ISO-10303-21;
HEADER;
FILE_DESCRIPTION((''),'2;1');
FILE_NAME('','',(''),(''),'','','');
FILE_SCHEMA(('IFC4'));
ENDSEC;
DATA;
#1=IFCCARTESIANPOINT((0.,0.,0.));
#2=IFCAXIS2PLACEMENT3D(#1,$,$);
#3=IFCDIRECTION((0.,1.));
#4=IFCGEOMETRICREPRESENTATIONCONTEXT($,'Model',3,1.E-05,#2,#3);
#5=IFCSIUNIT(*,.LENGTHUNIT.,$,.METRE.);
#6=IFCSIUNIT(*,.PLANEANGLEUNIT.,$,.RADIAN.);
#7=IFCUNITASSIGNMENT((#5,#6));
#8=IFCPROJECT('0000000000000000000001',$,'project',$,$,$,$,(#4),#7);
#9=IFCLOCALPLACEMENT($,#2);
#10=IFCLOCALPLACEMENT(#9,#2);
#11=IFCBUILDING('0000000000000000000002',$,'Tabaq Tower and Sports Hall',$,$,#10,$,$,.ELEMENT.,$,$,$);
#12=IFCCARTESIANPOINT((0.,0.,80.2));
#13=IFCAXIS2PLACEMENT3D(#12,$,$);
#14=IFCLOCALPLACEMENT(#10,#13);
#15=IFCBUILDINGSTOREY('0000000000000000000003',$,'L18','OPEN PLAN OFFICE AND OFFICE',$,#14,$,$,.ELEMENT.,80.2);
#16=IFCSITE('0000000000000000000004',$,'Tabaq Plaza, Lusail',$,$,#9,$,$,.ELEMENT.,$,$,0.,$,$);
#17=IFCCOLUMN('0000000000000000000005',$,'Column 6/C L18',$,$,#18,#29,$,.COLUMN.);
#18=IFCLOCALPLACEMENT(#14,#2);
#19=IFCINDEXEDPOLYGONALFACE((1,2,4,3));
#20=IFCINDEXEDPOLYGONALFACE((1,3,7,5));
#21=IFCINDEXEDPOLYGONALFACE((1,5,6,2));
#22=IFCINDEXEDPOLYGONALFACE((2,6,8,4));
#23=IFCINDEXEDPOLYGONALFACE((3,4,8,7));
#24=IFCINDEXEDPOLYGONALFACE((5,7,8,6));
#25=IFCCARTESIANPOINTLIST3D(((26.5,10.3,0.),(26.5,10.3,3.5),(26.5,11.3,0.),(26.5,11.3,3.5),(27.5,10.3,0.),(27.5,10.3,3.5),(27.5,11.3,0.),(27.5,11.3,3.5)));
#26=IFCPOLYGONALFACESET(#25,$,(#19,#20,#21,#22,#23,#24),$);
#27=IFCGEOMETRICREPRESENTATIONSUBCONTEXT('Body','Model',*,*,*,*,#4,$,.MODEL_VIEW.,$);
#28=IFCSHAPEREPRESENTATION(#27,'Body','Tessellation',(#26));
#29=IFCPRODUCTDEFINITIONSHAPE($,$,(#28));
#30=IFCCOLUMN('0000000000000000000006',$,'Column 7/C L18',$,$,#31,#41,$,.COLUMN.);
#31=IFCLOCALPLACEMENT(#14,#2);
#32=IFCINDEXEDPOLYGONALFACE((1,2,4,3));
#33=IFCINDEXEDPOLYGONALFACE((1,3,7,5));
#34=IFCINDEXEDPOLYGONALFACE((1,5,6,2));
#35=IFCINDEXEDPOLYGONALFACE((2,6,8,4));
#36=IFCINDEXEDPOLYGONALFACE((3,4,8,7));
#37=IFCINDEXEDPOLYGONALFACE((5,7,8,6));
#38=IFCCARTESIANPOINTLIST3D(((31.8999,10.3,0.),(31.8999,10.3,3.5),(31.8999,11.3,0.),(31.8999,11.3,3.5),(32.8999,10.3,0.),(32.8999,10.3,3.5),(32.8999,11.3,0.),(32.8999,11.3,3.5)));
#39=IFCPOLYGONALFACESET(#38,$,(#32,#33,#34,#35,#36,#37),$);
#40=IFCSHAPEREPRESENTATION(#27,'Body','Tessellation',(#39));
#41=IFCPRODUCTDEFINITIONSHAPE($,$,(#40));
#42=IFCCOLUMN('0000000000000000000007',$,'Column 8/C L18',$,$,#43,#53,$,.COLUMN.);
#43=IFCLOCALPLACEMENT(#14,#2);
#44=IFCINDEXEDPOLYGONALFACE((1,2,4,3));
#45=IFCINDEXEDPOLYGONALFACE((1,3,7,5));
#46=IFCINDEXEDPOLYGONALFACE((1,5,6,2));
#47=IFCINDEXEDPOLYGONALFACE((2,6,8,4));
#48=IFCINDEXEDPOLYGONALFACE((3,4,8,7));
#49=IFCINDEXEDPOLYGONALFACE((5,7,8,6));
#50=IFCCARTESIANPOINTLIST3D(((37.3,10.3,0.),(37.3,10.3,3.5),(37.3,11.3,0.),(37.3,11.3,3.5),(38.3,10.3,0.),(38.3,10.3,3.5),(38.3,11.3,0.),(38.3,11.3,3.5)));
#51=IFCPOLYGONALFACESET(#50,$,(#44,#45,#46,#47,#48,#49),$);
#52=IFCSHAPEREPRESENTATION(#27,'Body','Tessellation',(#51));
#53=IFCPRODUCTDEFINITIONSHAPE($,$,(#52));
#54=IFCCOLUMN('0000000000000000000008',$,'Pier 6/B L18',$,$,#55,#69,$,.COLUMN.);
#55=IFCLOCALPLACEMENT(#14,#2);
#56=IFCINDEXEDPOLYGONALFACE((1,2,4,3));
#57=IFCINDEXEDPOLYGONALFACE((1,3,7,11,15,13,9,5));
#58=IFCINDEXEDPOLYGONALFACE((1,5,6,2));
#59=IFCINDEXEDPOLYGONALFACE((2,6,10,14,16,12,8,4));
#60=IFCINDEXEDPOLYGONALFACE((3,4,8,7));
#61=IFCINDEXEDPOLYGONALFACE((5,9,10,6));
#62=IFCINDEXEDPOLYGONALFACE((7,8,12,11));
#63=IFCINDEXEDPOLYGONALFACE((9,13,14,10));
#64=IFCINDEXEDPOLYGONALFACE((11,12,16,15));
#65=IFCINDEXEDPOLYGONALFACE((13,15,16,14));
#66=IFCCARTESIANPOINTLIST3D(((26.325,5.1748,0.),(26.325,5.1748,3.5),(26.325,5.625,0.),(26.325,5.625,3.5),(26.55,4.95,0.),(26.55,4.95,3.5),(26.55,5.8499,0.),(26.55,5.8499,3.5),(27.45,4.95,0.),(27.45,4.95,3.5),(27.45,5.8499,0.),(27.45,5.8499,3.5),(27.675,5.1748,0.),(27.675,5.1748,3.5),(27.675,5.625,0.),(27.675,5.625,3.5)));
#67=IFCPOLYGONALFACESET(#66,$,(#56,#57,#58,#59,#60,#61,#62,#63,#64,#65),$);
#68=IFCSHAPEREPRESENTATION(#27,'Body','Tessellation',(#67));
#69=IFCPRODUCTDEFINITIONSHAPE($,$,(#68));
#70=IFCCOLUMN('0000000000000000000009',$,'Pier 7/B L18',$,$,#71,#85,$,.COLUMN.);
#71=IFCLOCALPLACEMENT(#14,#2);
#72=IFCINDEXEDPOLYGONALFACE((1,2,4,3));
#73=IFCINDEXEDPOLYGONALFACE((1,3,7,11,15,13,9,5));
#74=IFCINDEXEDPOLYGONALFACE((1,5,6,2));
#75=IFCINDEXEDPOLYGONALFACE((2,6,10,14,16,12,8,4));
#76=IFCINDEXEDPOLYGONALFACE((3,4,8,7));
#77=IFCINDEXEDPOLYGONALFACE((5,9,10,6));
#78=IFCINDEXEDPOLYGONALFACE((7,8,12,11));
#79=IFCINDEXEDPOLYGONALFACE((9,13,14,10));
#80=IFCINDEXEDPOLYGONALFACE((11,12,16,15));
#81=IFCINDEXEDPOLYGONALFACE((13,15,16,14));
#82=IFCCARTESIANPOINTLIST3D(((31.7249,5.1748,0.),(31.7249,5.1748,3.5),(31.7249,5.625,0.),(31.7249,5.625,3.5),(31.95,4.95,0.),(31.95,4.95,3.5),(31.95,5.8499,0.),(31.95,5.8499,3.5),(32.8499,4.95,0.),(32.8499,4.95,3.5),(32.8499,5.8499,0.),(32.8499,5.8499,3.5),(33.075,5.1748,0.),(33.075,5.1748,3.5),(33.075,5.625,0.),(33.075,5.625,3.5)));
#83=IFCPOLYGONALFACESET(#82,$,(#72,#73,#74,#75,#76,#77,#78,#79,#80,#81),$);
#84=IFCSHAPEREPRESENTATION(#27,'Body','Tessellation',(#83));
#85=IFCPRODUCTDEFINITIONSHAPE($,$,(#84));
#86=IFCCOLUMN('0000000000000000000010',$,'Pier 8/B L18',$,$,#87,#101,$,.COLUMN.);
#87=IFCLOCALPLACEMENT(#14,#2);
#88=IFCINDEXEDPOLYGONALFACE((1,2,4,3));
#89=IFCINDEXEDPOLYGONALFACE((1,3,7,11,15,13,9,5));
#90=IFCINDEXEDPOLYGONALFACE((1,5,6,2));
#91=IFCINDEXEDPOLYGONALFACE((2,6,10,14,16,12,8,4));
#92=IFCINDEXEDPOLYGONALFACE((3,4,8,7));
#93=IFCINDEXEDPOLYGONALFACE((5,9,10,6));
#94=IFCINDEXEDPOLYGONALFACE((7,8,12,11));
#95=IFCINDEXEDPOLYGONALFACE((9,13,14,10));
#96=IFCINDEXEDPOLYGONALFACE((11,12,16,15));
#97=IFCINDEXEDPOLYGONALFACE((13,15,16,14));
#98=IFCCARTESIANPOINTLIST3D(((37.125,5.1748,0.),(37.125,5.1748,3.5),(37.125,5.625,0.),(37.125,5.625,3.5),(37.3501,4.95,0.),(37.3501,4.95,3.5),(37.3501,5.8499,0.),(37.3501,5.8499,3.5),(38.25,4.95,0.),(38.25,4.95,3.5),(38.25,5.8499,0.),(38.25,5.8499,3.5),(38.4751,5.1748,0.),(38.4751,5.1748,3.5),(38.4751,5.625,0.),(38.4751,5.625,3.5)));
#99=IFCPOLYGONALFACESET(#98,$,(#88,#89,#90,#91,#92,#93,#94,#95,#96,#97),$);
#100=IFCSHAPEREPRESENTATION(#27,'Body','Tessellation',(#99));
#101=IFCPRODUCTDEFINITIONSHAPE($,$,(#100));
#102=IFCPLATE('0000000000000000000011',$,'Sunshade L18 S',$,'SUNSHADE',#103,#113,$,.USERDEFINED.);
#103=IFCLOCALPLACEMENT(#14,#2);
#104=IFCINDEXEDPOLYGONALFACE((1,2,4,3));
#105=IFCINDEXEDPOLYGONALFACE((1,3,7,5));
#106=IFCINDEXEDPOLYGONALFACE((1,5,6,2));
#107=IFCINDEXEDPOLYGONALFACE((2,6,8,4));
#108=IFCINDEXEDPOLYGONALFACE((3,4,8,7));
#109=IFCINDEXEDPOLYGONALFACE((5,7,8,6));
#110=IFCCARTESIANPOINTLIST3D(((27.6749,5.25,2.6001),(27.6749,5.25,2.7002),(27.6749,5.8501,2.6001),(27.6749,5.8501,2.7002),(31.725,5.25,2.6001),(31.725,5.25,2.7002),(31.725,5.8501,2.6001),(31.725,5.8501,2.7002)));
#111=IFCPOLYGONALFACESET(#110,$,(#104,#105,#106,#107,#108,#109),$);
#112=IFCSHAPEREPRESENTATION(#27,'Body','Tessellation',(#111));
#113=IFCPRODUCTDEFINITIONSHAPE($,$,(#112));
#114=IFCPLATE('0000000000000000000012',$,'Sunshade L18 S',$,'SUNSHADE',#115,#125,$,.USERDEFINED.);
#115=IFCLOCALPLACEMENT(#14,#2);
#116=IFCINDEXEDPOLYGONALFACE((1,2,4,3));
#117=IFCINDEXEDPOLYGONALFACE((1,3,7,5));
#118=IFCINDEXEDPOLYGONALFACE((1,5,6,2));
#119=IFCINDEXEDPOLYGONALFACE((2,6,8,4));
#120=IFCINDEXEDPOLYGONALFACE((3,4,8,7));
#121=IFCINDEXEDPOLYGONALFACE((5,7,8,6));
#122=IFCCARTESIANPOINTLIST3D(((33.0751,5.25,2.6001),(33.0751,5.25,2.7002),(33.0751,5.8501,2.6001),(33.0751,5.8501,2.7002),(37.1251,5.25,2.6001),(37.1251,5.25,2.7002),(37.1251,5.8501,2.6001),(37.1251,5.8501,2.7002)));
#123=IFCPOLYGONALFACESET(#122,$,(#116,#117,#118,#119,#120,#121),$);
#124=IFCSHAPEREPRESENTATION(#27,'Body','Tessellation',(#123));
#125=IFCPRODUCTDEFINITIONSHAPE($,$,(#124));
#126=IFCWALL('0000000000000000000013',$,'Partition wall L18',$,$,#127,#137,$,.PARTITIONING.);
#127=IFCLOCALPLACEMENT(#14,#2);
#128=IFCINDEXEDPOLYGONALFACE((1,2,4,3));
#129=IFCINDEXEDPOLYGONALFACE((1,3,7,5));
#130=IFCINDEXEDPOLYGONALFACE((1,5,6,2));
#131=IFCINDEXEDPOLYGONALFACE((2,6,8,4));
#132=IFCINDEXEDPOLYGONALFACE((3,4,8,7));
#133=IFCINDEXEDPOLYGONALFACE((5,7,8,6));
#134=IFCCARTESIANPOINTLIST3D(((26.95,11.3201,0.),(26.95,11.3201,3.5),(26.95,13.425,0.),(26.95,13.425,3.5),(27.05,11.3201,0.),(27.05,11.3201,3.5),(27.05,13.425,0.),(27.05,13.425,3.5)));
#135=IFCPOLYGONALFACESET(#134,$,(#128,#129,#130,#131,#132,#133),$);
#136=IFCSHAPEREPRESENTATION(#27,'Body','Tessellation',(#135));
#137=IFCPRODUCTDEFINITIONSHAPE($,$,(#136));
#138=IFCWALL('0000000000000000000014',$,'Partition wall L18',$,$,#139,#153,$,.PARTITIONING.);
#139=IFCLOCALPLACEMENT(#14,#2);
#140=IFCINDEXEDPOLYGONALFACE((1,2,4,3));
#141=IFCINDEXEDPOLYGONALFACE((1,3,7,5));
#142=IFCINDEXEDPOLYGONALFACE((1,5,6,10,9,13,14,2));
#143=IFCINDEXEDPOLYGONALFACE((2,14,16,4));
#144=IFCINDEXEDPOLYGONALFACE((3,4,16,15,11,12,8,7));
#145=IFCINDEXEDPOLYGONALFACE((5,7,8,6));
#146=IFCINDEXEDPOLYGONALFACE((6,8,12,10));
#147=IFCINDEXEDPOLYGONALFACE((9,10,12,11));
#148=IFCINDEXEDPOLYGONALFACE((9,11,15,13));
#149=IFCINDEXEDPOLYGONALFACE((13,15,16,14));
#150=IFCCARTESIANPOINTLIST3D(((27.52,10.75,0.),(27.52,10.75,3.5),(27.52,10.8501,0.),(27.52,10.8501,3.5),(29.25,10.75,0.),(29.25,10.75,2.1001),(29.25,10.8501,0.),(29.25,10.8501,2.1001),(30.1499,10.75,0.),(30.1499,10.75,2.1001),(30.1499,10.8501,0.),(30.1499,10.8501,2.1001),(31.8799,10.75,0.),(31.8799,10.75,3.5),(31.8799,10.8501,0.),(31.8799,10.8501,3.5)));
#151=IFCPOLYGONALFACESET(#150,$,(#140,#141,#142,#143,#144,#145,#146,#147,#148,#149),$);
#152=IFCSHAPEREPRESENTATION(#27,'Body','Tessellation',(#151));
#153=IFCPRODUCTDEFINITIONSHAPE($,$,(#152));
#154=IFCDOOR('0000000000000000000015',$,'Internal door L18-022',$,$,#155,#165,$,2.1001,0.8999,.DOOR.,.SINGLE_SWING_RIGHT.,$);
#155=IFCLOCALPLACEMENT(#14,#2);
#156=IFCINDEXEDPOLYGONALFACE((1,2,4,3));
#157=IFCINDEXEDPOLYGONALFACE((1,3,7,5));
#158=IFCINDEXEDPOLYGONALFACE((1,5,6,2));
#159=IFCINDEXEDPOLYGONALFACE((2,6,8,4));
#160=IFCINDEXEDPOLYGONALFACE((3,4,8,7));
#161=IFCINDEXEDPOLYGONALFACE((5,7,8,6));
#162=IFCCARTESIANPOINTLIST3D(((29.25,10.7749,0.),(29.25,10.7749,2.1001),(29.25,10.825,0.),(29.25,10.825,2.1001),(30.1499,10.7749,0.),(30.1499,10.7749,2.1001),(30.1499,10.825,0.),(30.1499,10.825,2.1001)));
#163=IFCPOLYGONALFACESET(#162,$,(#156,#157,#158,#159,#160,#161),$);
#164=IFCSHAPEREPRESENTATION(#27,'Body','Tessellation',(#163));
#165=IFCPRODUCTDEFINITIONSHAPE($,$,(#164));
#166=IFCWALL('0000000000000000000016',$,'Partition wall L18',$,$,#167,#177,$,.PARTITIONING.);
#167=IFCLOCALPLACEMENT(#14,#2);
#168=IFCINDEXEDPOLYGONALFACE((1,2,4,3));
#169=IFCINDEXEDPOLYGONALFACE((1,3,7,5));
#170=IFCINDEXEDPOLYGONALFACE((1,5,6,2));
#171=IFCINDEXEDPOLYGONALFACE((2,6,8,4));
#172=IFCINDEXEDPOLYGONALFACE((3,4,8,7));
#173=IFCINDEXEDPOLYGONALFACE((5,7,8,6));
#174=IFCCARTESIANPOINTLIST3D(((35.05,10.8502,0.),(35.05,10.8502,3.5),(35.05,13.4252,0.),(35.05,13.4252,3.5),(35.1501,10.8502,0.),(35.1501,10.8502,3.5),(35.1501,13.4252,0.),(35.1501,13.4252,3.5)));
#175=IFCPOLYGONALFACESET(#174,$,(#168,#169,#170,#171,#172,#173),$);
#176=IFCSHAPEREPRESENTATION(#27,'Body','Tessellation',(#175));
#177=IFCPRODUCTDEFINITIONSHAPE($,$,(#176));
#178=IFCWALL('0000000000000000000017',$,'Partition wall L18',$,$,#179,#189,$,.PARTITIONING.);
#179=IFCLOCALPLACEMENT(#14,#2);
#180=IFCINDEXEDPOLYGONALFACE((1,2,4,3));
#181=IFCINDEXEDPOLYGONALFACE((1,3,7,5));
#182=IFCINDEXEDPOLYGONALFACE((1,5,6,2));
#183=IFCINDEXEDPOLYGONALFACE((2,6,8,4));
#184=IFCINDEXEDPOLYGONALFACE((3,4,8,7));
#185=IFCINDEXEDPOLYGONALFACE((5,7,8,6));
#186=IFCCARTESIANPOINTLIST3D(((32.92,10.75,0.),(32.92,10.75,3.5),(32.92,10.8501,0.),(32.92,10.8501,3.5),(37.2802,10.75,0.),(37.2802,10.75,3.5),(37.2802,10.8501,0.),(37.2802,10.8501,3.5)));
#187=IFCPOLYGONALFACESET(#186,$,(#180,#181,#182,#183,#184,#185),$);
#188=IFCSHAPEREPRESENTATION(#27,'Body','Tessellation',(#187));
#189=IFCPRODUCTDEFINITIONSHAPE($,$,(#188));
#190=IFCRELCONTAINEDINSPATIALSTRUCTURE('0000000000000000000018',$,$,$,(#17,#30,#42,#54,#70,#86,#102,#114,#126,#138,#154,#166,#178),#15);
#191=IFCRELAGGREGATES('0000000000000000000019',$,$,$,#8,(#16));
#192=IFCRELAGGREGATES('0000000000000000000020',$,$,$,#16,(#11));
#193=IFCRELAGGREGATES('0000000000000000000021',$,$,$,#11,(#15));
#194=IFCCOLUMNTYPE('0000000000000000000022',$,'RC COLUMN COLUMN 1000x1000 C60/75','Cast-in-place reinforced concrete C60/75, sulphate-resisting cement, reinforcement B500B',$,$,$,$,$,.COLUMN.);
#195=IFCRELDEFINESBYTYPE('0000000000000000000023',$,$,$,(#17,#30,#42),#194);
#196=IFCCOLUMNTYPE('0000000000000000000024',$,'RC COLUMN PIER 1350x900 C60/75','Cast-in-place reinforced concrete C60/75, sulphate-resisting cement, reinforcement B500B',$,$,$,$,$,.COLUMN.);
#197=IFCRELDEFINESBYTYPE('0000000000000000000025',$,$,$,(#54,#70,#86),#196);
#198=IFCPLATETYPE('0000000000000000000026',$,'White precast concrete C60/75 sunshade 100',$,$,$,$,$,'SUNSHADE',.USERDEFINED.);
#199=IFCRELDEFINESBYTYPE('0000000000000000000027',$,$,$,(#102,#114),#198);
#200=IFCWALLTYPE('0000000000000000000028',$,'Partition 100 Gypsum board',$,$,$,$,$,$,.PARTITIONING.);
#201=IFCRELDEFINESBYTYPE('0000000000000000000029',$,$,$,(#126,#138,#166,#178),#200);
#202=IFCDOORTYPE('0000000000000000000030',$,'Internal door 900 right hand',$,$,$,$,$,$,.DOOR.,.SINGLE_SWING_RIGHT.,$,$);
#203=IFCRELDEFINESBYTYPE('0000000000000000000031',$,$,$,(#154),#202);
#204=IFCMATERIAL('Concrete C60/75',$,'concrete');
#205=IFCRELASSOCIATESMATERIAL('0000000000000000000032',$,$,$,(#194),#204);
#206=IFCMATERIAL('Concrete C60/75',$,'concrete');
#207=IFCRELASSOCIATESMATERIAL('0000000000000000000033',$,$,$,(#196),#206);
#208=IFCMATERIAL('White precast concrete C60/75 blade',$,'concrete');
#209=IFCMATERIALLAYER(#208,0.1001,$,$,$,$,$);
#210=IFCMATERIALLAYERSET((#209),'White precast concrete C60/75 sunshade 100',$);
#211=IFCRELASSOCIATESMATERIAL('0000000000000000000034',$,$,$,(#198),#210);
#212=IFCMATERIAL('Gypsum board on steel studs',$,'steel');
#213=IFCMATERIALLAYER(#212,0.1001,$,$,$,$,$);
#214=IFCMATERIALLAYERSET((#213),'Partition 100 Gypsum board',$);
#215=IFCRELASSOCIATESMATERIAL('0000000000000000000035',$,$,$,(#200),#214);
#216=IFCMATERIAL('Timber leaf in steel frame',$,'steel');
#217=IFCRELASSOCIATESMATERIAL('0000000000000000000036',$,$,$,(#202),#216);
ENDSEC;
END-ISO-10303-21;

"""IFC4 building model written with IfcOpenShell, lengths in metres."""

from ifc_helpers import new_model, si_unit, direction, frame, frame_2d, origin, origin_2d, place, context, subcontext, project, spatial, polyline, rectangle, outline, extrude, material, layer, layer_set, material_profile, profile_set, type_object, element, fill, save


model = new_model("IFC4")

# Units and contexts
model_context = context("Model", 3, precision=1e-05, world=origin(), true_north=direction((0.0, 1.0)))
body_context = subcontext(model_context, "Body", "Model", "MODEL_VIEW")
ifc_project = project(units=[si_unit("LENGTHUNIT", "METRE"), si_unit("PLANEANGLEUNIT", "RADIAN")], contexts=[model_context])

# Site, building, storey
site_placement = place(None, origin())
site = spatial("IfcSite", under=ifc_project, at=site_placement, Name="Tabaq Plaza, Lusail", CompositionType="ELEMENT", RefElevation=0.0)
building_placement = place(site_placement, origin())
building = spatial("IfcBuilding", under=site, at=building_placement, Name="Tabaq Tower and Sports Hall", CompositionType="ELEMENT")
storey_placement = place(building_placement, frame((0.0, 0.0, 80.2)))
storey = spatial("IfcBuildingStorey", under=building, at=storey_placement, Name="L18", Description="OPEN PLAN OFFICE AND OFFICE", CompositionType="ELEMENT", Elevation=80.2)

# Columns
ifc_material_1 = material(Name="Concrete C60/75", Category="concrete")
ifc_material_profile_1 = material_profile(ifc_material_1, rectangle(XDim=1.0, YDim=1.0, at=origin_2d()), Name="COLUMN 1000x1000")
ifc_profile_set_1 = profile_set([ifc_material_profile_1], Name="Concrete C60/75")
column_type_1 = type_object("IfcColumnType", Name="RC COLUMN COLUMN 1000x1000 C60/75", Description="Cast-in-place reinforced concrete C60/75, sulphate-resisting cement, reinforcement B500B", PredefinedType="COLUMN", material=ifc_profile_set_1)
for number, where, z_axis, x_axis, name in (
    (1, (27.0, 10.8, 0.0), (0.0, 0.0, 1.0), (1.0, 0.0, 0.0), "Column 6/C L18"),
    (2, (32.3999, 10.8, 0.0), (0.0, 0.0, 1.0), (1.0, 0.0, 0.0), "Column 7/C L18"),
    (3, (37.8, 10.8, 0.0), (0.0, 0.0, 1.0), (1.0, 0.0, 0.0), "Column 8/C L18"),
):
    element("IfcColumn", number, at=place(storey_placement, frame(where, z_axis=z_axis, x_axis=x_axis)), inside=storey, type_object=column_type_1, Name=name, PredefinedType="COLUMN", context=body_context, shape_type="SweptSolid", body=[
        extrude(rectangle(XDim=1.0, YDim=1.0, at=origin_2d()), origin(), (0.0, 0.0, 1.0), 3.5),
    ])
ifc_material_2 = material(Name="Concrete C60/75", Category="concrete")
ifc_material_profile_2 = material_profile(ifc_material_2, outline(polyline([(-0.45, -0.45), (0.45, -0.45), (0.675, -0.2251), (0.675, 0.2251), (0.45, 0.45), (-0.45, 0.45), (-0.675, 0.2251), (-0.675, -0.2251), (-0.45, -0.45)])), Name="PIER 1350x900")
ifc_profile_set_2 = profile_set([ifc_material_profile_2], Name="Concrete C60/75")
column_type_2 = type_object("IfcColumnType", Name="RC COLUMN PIER 1350x900 C60/75", Description="Cast-in-place reinforced concrete C60/75, sulphate-resisting cement, reinforcement B500B", PredefinedType="COLUMN", material=ifc_profile_set_2)
for number, where, z_axis, x_axis, name in (
    (4, (27.0, 5.3999, 0.0), (0.0, 0.0, 1.0), (1.0, 0.0, 0.0), "Pier 6/B L18"),
    (5, (32.3999, 5.3999, 0.0), (0.0, 0.0, 1.0), (1.0, 0.0, 0.0), "Pier 7/B L18"),
    (6, (37.8, 5.3999, 0.0), (0.0, 0.0, 1.0), (1.0, 0.0, 0.0), "Pier 8/B L18"),
):
    element("IfcColumn", number, at=place(storey_placement, frame(where, z_axis=z_axis, x_axis=x_axis)), inside=storey, type_object=column_type_2, Name=name, PredefinedType="COLUMN", context=body_context, shape_type="SweptSolid", body=[
        extrude(outline(polyline([(-0.45, -0.45), (0.45, -0.45), (0.675, -0.2251), (0.675, 0.2251), (0.45, 0.45), (-0.45, 0.45), (-0.675, 0.2251), (-0.675, -0.2251), (-0.45, -0.45)])), origin(), (0.0, 0.0, 1.0), 3.5),
    ])

# Plates
ifc_material_3 = material(Name="White precast concrete C60/75 blade", Category="concrete")
ifc_layer_1 = layer(ifc_material_3, 0.1001)
ifc_layer_set_1 = layer_set([ifc_layer_1], Name="White precast concrete C60/75 sunshade 100")
plate_type = type_object("IfcPlateType", Name="White precast concrete C60/75 sunshade 100", ElementType="SUNSHADE", PredefinedType="USERDEFINED", material=ifc_layer_set_1)
for number, where, z_axis, x_axis, name in (
    (7, (29.7, 5.55, 2.6001), (0.0, 0.0, 1.0), (1.0, 0.0, 0.0), "Sunshade L18 S"),
    (8, (35.1001, 5.55, 2.6001), (0.0, 0.0, 1.0), (1.0, 0.0, 0.0), "Sunshade L18 S"),
):
    element("IfcPlate", number, at=place(storey_placement, frame(where, z_axis=z_axis, x_axis=x_axis)), inside=storey, type_object=plate_type, Name=name, ObjectType="SUNSHADE", PredefinedType="USERDEFINED", context=body_context, shape_type="SweptSolid", body=[
        extrude(rectangle(XDim=4.05, YDim=0.6001, at=origin_2d()), origin(), (0.0, 0.0, 1.0), 0.1001),
    ])

# Wall
ifc_material_4 = material(Name="Gypsum board on steel studs", Category="steel")
ifc_layer_2 = layer(ifc_material_4, 0.1001)
ifc_layer_set_2 = layer_set([ifc_layer_2], Name="Partition 100 Gypsum board")
wall_type_1 = type_object("IfcWallType", Name="Partition 100 Gypsum board", PredefinedType="PARTITIONING", material=ifc_layer_set_2)
wall_1_placement = place(storey_placement, frame((27.0, 11.3201, 0.0), z_axis=(0.0, 0.0, 1.0), x_axis=(0.0, 1.0, 0.0)))
element("IfcWall", 9, at=wall_1_placement, inside=storey, type_object=wall_type_1, Name="Partition wall L18", PredefinedType="PARTITIONING", context=body_context, shape_type="SweptSolid", body=[
    extrude(rectangle(XDim=2.105, YDim=0.1001, at=frame_2d((1.0525, 0.0))), origin(), (0.0, 0.0, 1.0), 3.5),
])

# Wall, opening, door
wall_2_placement = place(storey_placement, frame((27.52, 10.8, 0.0), z_axis=(0.0, 0.0, 1.0), x_axis=(1.0, 0.0, 0.0)))
wall_2 = element("IfcWall", 10, at=wall_2_placement, inside=storey, type_object=wall_type_1, Name="Partition wall L18", PredefinedType="PARTITIONING", context=body_context, shape_type="SweptSolid", body=[
    extrude(rectangle(XDim=4.3599, YDim=0.1001, at=frame_2d((2.1799, 0.0))), origin(), (0.0, 0.0, 1.0), 3.5),
])
opening_1_placement = place(wall_2_placement, frame((1.73, 0.0, 0.0)))
opening_1 = element("IfcOpeningElement", 11, at=opening_1_placement, cuts=wall_2, PredefinedType="OPENING", context=body_context, shape_type="SweptSolid", body=[
    extrude(rectangle(XDim=0.8999, YDim=2.1001, at=frame_2d((0.45, 1.05))), frame((0.0, 0.05, 0.0), z_axis=(0.0, -1.0, 0.0), x_axis=(1.0, 0.0, 0.0)), (0.0, 0.0, 1.0), 0.1001),
])
ifc_material_5 = material(Name="Timber leaf in steel frame", Category="steel")
door_type_1 = type_object("IfcDoorType", Name="Internal door 900 right hand", OperationType="SINGLE_SWING_RIGHT", PredefinedType="DOOR", material=ifc_material_5)
door_1_placement = place(opening_1_placement, origin())
door_1 = element("IfcDoor", 12, at=door_1_placement, inside=storey, type_object=door_type_1, Name="Internal door L18-022", OperationType="SINGLE_SWING_RIGHT", OverallHeight=2.1001, OverallWidth=0.8999, PredefinedType="DOOR", context=body_context, shape_type="SweptSolid", body=[
    extrude(rectangle(XDim=0.8999, YDim=2.1001, at=frame_2d((0.45, 1.05))), frame((0.0, 0.0249, 0.0), z_axis=(0.0, -1.0, 0.0), x_axis=(1.0, 0.0, 0.0)), (0.0, 0.0, 1.0), 0.05),
])
fill(opening_1, door_1)

# Walls
wall_3_placement = place(storey_placement, frame((35.1001, 10.8501, 0.0), z_axis=(0.0, 0.0, 1.0), x_axis=(0.0, 1.0, 0.0)))
element("IfcWall", 13, at=wall_3_placement, inside=storey, type_object=wall_type_1, Name="Partition wall L18", PredefinedType="PARTITIONING", context=body_context, shape_type="SweptSolid", body=[
    extrude(rectangle(XDim=2.575, YDim=0.1001, at=frame_2d((1.2876, 0.0))), origin(), (0.0, 0.0, 1.0), 3.5),
])
wall_4_placement = place(storey_placement, frame((32.9199, 10.8, 0.0), z_axis=(0.0, 0.0, 1.0), x_axis=(1.0, 0.0, 0.0)))
element("IfcWall", 14, at=wall_4_placement, inside=storey, type_object=wall_type_1, Name="Partition wall L18", PredefinedType="PARTITIONING", context=body_context, shape_type="SweptSolid", body=[
    extrude(rectangle(XDim=4.3601, YDim=0.1001, at=frame_2d((2.1802, 0.0))), origin(), (0.0, 0.0, 1.0), 3.5),
])

save(model, "model.ifc")
